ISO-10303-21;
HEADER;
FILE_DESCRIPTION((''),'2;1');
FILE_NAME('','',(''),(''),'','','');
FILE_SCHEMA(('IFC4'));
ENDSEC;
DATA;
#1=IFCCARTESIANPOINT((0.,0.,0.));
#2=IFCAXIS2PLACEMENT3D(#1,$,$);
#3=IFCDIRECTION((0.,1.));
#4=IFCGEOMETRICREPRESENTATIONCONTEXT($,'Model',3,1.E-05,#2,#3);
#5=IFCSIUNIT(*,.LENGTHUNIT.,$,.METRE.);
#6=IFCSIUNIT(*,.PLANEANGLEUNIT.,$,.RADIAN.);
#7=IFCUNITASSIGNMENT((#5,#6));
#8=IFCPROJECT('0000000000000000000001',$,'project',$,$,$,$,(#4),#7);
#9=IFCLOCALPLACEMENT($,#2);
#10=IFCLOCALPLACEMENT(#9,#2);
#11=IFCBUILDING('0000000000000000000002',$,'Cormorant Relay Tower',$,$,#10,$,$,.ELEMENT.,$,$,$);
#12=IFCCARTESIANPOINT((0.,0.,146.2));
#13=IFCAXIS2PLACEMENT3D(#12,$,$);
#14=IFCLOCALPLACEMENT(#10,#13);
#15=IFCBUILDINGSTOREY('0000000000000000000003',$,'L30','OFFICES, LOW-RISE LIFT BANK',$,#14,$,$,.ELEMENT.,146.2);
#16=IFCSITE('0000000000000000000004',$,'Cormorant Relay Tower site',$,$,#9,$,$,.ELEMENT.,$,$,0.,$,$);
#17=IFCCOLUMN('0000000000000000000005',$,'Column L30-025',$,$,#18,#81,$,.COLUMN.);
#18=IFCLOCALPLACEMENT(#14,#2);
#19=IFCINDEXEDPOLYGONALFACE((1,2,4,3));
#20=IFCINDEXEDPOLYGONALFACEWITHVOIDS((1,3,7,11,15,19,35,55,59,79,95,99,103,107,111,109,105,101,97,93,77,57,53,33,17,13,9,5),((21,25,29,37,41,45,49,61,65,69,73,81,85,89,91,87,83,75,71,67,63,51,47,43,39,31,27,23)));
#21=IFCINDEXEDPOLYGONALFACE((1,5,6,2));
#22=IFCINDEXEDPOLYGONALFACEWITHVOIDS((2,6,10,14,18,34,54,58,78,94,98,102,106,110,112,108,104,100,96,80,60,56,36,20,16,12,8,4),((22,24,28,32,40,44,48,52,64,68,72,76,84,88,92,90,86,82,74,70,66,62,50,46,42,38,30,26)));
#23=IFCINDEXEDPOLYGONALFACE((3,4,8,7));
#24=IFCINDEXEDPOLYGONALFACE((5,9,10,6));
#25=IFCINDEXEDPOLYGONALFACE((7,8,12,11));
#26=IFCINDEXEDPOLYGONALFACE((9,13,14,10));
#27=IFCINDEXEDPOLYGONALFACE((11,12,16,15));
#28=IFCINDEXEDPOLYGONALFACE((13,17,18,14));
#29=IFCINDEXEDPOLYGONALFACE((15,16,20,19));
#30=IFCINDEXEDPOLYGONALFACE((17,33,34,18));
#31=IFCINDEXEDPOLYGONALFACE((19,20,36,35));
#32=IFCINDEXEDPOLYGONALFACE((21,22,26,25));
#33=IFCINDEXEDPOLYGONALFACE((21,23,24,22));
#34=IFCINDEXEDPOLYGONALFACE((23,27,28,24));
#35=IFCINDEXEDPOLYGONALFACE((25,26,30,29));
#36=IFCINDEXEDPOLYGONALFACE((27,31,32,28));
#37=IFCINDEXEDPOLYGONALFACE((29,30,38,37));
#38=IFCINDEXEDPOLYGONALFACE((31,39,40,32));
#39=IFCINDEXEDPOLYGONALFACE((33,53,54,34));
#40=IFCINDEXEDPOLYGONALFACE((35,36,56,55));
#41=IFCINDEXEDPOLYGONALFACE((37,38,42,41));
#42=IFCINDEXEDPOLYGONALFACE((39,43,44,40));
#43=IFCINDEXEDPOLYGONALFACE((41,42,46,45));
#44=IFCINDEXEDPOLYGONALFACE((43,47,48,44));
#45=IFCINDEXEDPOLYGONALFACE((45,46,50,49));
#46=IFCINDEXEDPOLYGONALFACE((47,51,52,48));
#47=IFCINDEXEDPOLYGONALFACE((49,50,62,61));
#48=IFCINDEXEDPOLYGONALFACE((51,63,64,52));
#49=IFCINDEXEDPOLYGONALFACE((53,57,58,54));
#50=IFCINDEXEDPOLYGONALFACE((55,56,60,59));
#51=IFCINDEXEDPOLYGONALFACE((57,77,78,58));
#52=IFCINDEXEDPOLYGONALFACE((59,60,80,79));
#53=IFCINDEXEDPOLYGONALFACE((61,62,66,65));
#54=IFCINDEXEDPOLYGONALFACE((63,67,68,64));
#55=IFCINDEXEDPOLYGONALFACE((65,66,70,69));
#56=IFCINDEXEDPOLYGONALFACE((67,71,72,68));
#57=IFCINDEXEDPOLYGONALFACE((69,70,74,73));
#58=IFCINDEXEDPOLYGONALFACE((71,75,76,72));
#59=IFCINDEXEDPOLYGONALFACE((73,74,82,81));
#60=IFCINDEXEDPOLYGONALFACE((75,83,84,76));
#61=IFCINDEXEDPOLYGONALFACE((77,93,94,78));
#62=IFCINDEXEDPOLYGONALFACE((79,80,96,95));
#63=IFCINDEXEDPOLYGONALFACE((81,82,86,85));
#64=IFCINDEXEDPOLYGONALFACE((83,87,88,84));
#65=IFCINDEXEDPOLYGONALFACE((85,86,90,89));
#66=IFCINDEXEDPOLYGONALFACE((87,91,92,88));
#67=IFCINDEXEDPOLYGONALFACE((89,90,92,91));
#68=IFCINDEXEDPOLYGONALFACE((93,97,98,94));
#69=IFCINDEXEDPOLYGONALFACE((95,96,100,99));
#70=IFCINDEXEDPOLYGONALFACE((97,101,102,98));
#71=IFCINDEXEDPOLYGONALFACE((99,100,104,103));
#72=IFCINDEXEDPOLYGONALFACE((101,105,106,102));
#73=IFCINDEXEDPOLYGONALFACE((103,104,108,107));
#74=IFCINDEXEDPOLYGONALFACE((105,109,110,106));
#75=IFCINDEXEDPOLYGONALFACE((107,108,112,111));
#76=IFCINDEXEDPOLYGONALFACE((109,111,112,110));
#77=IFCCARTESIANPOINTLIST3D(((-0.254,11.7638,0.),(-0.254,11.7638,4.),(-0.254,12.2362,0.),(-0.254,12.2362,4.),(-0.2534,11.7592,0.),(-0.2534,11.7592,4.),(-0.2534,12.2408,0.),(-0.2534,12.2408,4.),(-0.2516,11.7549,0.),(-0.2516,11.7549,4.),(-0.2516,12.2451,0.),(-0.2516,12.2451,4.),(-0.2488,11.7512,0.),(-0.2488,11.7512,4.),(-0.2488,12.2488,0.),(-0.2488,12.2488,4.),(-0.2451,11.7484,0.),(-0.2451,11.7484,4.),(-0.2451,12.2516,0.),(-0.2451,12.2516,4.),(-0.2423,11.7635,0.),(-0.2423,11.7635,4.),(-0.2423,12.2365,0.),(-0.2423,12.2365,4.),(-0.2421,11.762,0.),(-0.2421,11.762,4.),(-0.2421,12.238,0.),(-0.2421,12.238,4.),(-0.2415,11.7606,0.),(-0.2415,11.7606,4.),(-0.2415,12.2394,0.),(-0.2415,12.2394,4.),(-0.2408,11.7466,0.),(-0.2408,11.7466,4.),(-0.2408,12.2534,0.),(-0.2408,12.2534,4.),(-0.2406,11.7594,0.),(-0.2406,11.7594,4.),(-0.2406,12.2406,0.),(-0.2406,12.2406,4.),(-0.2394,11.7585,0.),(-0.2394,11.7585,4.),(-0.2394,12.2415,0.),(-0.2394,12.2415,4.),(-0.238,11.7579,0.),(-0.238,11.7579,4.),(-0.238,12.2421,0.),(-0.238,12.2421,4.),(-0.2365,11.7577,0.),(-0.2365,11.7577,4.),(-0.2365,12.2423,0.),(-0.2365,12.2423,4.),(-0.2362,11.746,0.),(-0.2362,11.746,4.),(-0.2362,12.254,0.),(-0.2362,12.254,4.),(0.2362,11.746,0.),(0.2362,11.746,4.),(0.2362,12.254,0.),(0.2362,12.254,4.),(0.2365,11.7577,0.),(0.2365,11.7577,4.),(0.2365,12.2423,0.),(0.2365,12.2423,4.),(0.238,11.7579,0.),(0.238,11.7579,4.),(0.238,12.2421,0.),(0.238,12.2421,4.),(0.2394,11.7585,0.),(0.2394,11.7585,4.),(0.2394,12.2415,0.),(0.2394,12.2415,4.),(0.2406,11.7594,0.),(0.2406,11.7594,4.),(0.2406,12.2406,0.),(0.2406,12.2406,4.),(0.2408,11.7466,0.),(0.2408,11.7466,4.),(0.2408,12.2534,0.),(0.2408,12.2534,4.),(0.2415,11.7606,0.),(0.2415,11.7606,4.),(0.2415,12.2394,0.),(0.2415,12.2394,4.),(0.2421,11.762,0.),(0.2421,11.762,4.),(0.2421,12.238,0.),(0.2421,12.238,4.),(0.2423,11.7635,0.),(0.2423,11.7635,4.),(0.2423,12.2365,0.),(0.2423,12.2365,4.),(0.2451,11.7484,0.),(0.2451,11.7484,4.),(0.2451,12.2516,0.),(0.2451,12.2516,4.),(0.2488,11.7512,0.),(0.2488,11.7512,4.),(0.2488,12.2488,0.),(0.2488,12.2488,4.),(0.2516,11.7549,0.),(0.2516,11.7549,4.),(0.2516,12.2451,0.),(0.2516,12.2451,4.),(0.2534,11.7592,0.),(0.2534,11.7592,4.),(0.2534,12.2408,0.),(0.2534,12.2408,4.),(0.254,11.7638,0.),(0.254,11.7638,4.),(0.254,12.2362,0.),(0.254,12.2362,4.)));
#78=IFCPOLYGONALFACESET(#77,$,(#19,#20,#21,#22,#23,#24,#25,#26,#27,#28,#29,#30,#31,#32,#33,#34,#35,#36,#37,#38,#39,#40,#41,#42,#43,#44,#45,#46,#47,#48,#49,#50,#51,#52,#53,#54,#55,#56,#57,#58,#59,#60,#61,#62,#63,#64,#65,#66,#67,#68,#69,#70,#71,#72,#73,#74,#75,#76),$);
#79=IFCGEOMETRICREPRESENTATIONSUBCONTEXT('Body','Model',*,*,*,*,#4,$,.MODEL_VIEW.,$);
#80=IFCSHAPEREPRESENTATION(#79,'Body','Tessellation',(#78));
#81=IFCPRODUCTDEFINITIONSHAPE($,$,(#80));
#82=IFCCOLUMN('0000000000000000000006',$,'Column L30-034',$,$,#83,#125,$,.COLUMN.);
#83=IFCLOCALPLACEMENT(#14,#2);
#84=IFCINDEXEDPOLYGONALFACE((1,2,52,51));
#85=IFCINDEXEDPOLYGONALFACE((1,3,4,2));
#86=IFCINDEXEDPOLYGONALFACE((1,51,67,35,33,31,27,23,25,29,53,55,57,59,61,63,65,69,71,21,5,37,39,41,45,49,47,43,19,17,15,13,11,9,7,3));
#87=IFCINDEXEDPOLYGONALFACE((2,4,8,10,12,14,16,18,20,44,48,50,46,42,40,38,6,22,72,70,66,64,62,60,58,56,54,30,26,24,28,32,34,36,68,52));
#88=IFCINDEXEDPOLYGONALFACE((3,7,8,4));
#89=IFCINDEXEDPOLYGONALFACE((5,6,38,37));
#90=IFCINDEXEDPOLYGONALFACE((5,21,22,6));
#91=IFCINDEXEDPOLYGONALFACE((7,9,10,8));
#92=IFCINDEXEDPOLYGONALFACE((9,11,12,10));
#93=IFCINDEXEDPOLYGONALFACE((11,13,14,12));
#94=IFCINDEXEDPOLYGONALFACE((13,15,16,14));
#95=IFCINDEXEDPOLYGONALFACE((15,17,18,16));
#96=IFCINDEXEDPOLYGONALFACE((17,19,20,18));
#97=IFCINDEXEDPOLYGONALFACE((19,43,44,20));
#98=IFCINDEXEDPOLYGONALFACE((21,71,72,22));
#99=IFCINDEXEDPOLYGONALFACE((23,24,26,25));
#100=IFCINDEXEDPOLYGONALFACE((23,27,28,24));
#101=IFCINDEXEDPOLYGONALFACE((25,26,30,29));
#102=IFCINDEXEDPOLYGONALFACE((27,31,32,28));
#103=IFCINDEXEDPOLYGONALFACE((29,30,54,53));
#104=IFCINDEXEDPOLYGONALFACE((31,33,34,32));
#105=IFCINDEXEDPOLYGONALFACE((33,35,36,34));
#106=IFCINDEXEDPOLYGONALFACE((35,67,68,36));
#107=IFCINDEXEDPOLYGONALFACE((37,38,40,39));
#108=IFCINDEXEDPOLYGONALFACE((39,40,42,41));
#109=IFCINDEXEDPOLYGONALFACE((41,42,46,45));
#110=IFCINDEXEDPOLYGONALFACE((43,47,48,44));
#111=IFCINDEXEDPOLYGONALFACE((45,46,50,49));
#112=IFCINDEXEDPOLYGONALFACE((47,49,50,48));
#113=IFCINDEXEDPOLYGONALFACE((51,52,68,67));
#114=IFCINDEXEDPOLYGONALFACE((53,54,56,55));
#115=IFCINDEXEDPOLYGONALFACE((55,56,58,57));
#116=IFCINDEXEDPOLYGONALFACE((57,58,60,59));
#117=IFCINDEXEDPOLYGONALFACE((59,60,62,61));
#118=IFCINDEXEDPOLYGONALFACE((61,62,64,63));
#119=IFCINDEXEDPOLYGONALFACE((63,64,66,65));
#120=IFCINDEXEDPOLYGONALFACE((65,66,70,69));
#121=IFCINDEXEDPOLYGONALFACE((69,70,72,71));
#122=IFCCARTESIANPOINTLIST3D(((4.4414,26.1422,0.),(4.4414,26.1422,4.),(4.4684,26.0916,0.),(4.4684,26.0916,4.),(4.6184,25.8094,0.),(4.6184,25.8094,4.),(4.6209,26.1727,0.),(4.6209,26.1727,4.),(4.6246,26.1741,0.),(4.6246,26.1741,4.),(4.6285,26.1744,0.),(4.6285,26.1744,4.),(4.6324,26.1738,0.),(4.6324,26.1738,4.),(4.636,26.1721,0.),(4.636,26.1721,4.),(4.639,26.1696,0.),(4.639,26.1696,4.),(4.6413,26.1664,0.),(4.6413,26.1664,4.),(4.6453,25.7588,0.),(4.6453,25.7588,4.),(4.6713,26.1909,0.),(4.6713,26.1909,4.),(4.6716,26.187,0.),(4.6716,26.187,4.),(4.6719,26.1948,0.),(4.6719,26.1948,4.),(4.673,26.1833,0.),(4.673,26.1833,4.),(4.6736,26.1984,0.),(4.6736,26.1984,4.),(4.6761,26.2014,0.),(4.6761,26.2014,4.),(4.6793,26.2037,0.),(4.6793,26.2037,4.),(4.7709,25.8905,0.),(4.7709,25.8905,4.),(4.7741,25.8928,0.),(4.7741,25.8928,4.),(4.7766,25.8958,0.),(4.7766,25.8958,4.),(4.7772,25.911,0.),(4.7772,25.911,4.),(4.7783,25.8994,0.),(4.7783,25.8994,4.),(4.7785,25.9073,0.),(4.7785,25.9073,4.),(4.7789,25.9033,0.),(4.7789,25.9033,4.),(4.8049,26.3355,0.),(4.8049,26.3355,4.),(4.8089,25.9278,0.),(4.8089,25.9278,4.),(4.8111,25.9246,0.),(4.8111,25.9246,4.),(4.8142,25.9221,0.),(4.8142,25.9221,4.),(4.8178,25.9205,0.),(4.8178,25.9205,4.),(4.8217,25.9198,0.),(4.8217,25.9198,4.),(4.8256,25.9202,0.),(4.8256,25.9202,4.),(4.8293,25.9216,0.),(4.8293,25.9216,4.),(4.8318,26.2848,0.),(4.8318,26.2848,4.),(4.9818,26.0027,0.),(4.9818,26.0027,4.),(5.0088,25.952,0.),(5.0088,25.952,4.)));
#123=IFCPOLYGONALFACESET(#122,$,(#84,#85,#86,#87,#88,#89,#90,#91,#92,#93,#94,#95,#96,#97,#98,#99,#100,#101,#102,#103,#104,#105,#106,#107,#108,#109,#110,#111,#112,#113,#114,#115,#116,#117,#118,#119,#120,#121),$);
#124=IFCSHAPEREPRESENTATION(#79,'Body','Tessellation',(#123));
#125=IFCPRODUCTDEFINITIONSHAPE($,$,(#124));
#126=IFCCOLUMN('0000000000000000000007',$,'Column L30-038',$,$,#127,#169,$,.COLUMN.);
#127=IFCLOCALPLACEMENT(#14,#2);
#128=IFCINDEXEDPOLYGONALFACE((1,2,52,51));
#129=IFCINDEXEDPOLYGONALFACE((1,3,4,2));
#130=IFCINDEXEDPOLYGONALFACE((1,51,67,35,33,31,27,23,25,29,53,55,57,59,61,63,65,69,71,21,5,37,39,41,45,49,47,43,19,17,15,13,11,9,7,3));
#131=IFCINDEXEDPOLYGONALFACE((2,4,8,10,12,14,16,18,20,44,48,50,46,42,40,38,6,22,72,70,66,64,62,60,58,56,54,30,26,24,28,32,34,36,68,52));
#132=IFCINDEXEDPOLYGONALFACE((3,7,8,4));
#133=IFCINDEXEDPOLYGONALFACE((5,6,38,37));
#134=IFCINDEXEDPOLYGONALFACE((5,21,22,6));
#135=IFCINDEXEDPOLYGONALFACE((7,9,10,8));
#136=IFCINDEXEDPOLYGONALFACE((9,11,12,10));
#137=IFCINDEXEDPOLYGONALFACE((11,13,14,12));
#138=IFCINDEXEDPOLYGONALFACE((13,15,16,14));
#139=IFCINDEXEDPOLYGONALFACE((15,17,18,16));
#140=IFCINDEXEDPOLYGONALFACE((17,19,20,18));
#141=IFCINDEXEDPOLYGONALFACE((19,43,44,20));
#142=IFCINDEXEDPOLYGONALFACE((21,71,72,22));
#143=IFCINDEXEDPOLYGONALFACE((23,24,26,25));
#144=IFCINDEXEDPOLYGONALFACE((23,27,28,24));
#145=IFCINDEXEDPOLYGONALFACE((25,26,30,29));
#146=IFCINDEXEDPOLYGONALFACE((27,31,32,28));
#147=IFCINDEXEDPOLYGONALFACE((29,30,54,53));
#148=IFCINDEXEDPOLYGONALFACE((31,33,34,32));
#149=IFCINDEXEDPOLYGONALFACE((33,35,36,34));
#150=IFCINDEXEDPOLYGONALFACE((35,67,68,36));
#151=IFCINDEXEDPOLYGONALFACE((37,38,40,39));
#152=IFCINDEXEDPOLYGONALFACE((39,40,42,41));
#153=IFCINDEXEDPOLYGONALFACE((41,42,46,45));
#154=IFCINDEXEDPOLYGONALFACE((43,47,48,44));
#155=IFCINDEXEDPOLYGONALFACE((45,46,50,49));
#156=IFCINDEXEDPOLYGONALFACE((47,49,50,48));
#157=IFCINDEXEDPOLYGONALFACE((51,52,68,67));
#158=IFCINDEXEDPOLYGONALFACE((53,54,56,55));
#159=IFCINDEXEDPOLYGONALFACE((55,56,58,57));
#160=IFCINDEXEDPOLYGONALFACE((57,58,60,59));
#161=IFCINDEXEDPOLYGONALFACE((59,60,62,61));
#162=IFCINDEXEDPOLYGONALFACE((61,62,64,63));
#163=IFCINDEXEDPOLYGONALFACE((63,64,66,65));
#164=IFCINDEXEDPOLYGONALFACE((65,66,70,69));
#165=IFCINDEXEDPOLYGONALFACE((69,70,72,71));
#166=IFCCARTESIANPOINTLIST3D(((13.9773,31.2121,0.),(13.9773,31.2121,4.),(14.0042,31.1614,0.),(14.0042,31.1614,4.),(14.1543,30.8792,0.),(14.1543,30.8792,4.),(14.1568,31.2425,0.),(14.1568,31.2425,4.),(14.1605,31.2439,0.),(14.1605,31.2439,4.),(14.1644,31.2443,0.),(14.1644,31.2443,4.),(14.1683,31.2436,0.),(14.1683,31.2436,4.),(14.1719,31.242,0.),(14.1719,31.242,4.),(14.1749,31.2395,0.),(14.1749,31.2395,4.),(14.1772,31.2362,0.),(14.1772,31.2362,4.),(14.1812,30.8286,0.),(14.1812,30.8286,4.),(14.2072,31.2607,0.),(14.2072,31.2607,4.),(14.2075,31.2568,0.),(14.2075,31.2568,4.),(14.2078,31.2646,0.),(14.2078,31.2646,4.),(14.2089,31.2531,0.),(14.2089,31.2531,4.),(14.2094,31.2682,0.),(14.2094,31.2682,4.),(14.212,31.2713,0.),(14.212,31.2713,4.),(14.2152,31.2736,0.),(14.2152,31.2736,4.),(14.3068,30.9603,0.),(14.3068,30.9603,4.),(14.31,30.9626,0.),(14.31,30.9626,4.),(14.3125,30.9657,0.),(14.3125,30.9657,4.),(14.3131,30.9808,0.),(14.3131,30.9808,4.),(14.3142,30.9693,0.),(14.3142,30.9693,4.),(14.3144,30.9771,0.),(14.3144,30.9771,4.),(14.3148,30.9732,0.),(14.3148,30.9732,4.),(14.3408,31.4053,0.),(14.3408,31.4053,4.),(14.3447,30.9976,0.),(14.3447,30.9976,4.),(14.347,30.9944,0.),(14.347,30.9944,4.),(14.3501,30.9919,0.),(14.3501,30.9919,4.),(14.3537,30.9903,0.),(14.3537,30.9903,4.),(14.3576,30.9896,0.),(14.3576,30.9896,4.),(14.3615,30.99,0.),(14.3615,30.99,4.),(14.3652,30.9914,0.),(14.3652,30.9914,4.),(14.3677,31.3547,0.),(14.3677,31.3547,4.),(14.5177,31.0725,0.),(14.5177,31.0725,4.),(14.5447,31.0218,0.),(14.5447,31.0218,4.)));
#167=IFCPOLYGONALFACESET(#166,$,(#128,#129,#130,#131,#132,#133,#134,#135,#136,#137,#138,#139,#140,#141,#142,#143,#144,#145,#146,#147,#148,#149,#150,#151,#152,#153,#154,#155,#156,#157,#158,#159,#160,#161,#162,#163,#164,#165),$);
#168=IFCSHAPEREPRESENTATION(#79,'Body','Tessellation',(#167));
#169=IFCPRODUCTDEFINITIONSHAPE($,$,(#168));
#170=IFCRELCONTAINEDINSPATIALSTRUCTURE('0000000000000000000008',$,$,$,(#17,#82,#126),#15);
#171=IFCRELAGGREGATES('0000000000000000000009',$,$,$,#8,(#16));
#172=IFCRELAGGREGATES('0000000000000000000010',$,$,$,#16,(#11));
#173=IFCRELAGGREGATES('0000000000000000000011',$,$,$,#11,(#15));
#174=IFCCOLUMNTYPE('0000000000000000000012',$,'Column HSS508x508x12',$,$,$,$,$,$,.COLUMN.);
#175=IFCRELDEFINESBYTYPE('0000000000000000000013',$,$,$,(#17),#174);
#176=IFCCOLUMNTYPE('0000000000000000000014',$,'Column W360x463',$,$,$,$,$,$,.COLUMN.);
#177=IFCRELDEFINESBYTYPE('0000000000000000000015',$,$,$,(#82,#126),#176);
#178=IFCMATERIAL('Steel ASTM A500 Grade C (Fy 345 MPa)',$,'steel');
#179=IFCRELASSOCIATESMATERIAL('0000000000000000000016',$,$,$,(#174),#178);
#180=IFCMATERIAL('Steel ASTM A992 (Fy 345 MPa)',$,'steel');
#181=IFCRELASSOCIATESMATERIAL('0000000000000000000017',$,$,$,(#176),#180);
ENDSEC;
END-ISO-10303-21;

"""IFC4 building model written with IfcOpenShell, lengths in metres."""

from ifc_helpers import new_model, si_unit, direction, frame, origin, origin_2d, place, context, subcontext, project, spatial, hollow_rectangle, i_section, extrude, material, material_profile, profile_set, type_object, element, save


model = new_model("IFC4")

# Units and contexts
model_context = context("Model", 3, precision=1e-05, world=origin(), true_north=direction((0.0, 1.0)))
body_context = subcontext(model_context, "Body", "Model", "MODEL_VIEW")
ifc_project = project(units=[si_unit("LENGTHUNIT", "METRE"), si_unit("PLANEANGLEUNIT", "RADIAN")], contexts=[model_context])

# Site, building, storey
site_placement = place(None, origin())
site = spatial("IfcSite", under=ifc_project, at=site_placement, Name="Cormorant Relay Tower site", CompositionType="ELEMENT", RefElevation=0.0)
building_placement = place(site_placement, origin())
building = spatial("IfcBuilding", under=site, at=building_placement, Name="Cormorant Relay Tower", CompositionType="ELEMENT")
storey_placement = place(building_placement, frame((0.0, 0.0, 146.2)))
storey = spatial("IfcBuildingStorey", under=building, at=storey_placement, Name="L30", Description="OFFICES, LOW-RISE LIFT BANK", CompositionType="ELEMENT", Elevation=146.2)

# Columns
ifc_material_1 = material(Name="Steel ASTM A500 Grade C (Fy 345 MPa)", Category="steel")
ifc_material_profile_1 = material_profile(ifc_material_1, hollow_rectangle(XDim=0.5081, YDim=0.5081, WallThickness=0.0117, InnerFilletRadius=0.0059, OuterFilletRadius=0.0178, at=origin_2d()), Name="HSS508x508x12")
ifc_profile_set_1 = profile_set([ifc_material_profile_1], Name="Steel ASTM A500 Grade C (Fy 345 MPa)")
column_type_1 = type_object("IfcColumnType", Name="Column HSS508x508x12", PredefinedType="COLUMN", material=ifc_profile_set_1)
column_1_placement = place(storey_placement, frame((0.0, 12.0, 0.0), z_axis=(0.0, 0.0, 1.0), x_axis=(1.0, 0.0, 0.0)))
element("IfcColumn", 1, at=column_1_placement, inside=storey, type_object=column_type_1, Name="Column L30-025", PredefinedType="COLUMN", context=body_context, shape_type="SweptSolid", body=[
    extrude(hollow_rectangle(XDim=0.5081, YDim=0.5081, WallThickness=0.0117, InnerFilletRadius=0.0059, OuterFilletRadius=0.0178, at=origin_2d()), origin(), (0.0, 0.0, 1.0), 4.0),
])
ifc_material_2 = material(Name="Steel ASTM A992 (Fy 345 MPa)", Category="steel")
ifc_material_profile_2 = material_profile(ifc_material_2, i_section(OverallWidth=0.4116, OverallDepth=0.4343, WebThickness=0.0359, FlangeThickness=0.0574, FilletRadius=0.0151, at=origin_2d()), Name="W360x463")
ifc_profile_set_2 = profile_set([ifc_material_profile_2], Name="Steel ASTM A992 (Fy 345 MPa)")
column_type_2 = type_object("IfcColumnType", Name="Column W360x463", PredefinedType="COLUMN", material=ifc_profile_set_2)
for number, where, z_axis, x_axis, name in (
    (2, (4.7251, 26.0471, 0.0), (0.0, 0.0, 1.0), (-0.882948, -0.469472, 0.0), "Column L30-034"),
    (3, (14.261, 31.1169, 0.0), (0.0, 0.0, 1.0), (-0.882948, -0.469472, 0.0), "Column L30-038"),
):
    element("IfcColumn", number, at=place(storey_placement, frame(where, z_axis=z_axis, x_axis=x_axis)), inside=storey, type_object=column_type_2, Name=name, PredefinedType="COLUMN", context=body_context, shape_type="SweptSolid", body=[
        extrude(i_section(OverallWidth=0.4116, OverallDepth=0.4343, WebThickness=0.0359, FlangeThickness=0.0574, FilletRadius=0.0151, at=origin_2d()), origin(), (0.0, 0.0, 1.0), 4.0),
    ])

save(model, "model.ifc")
